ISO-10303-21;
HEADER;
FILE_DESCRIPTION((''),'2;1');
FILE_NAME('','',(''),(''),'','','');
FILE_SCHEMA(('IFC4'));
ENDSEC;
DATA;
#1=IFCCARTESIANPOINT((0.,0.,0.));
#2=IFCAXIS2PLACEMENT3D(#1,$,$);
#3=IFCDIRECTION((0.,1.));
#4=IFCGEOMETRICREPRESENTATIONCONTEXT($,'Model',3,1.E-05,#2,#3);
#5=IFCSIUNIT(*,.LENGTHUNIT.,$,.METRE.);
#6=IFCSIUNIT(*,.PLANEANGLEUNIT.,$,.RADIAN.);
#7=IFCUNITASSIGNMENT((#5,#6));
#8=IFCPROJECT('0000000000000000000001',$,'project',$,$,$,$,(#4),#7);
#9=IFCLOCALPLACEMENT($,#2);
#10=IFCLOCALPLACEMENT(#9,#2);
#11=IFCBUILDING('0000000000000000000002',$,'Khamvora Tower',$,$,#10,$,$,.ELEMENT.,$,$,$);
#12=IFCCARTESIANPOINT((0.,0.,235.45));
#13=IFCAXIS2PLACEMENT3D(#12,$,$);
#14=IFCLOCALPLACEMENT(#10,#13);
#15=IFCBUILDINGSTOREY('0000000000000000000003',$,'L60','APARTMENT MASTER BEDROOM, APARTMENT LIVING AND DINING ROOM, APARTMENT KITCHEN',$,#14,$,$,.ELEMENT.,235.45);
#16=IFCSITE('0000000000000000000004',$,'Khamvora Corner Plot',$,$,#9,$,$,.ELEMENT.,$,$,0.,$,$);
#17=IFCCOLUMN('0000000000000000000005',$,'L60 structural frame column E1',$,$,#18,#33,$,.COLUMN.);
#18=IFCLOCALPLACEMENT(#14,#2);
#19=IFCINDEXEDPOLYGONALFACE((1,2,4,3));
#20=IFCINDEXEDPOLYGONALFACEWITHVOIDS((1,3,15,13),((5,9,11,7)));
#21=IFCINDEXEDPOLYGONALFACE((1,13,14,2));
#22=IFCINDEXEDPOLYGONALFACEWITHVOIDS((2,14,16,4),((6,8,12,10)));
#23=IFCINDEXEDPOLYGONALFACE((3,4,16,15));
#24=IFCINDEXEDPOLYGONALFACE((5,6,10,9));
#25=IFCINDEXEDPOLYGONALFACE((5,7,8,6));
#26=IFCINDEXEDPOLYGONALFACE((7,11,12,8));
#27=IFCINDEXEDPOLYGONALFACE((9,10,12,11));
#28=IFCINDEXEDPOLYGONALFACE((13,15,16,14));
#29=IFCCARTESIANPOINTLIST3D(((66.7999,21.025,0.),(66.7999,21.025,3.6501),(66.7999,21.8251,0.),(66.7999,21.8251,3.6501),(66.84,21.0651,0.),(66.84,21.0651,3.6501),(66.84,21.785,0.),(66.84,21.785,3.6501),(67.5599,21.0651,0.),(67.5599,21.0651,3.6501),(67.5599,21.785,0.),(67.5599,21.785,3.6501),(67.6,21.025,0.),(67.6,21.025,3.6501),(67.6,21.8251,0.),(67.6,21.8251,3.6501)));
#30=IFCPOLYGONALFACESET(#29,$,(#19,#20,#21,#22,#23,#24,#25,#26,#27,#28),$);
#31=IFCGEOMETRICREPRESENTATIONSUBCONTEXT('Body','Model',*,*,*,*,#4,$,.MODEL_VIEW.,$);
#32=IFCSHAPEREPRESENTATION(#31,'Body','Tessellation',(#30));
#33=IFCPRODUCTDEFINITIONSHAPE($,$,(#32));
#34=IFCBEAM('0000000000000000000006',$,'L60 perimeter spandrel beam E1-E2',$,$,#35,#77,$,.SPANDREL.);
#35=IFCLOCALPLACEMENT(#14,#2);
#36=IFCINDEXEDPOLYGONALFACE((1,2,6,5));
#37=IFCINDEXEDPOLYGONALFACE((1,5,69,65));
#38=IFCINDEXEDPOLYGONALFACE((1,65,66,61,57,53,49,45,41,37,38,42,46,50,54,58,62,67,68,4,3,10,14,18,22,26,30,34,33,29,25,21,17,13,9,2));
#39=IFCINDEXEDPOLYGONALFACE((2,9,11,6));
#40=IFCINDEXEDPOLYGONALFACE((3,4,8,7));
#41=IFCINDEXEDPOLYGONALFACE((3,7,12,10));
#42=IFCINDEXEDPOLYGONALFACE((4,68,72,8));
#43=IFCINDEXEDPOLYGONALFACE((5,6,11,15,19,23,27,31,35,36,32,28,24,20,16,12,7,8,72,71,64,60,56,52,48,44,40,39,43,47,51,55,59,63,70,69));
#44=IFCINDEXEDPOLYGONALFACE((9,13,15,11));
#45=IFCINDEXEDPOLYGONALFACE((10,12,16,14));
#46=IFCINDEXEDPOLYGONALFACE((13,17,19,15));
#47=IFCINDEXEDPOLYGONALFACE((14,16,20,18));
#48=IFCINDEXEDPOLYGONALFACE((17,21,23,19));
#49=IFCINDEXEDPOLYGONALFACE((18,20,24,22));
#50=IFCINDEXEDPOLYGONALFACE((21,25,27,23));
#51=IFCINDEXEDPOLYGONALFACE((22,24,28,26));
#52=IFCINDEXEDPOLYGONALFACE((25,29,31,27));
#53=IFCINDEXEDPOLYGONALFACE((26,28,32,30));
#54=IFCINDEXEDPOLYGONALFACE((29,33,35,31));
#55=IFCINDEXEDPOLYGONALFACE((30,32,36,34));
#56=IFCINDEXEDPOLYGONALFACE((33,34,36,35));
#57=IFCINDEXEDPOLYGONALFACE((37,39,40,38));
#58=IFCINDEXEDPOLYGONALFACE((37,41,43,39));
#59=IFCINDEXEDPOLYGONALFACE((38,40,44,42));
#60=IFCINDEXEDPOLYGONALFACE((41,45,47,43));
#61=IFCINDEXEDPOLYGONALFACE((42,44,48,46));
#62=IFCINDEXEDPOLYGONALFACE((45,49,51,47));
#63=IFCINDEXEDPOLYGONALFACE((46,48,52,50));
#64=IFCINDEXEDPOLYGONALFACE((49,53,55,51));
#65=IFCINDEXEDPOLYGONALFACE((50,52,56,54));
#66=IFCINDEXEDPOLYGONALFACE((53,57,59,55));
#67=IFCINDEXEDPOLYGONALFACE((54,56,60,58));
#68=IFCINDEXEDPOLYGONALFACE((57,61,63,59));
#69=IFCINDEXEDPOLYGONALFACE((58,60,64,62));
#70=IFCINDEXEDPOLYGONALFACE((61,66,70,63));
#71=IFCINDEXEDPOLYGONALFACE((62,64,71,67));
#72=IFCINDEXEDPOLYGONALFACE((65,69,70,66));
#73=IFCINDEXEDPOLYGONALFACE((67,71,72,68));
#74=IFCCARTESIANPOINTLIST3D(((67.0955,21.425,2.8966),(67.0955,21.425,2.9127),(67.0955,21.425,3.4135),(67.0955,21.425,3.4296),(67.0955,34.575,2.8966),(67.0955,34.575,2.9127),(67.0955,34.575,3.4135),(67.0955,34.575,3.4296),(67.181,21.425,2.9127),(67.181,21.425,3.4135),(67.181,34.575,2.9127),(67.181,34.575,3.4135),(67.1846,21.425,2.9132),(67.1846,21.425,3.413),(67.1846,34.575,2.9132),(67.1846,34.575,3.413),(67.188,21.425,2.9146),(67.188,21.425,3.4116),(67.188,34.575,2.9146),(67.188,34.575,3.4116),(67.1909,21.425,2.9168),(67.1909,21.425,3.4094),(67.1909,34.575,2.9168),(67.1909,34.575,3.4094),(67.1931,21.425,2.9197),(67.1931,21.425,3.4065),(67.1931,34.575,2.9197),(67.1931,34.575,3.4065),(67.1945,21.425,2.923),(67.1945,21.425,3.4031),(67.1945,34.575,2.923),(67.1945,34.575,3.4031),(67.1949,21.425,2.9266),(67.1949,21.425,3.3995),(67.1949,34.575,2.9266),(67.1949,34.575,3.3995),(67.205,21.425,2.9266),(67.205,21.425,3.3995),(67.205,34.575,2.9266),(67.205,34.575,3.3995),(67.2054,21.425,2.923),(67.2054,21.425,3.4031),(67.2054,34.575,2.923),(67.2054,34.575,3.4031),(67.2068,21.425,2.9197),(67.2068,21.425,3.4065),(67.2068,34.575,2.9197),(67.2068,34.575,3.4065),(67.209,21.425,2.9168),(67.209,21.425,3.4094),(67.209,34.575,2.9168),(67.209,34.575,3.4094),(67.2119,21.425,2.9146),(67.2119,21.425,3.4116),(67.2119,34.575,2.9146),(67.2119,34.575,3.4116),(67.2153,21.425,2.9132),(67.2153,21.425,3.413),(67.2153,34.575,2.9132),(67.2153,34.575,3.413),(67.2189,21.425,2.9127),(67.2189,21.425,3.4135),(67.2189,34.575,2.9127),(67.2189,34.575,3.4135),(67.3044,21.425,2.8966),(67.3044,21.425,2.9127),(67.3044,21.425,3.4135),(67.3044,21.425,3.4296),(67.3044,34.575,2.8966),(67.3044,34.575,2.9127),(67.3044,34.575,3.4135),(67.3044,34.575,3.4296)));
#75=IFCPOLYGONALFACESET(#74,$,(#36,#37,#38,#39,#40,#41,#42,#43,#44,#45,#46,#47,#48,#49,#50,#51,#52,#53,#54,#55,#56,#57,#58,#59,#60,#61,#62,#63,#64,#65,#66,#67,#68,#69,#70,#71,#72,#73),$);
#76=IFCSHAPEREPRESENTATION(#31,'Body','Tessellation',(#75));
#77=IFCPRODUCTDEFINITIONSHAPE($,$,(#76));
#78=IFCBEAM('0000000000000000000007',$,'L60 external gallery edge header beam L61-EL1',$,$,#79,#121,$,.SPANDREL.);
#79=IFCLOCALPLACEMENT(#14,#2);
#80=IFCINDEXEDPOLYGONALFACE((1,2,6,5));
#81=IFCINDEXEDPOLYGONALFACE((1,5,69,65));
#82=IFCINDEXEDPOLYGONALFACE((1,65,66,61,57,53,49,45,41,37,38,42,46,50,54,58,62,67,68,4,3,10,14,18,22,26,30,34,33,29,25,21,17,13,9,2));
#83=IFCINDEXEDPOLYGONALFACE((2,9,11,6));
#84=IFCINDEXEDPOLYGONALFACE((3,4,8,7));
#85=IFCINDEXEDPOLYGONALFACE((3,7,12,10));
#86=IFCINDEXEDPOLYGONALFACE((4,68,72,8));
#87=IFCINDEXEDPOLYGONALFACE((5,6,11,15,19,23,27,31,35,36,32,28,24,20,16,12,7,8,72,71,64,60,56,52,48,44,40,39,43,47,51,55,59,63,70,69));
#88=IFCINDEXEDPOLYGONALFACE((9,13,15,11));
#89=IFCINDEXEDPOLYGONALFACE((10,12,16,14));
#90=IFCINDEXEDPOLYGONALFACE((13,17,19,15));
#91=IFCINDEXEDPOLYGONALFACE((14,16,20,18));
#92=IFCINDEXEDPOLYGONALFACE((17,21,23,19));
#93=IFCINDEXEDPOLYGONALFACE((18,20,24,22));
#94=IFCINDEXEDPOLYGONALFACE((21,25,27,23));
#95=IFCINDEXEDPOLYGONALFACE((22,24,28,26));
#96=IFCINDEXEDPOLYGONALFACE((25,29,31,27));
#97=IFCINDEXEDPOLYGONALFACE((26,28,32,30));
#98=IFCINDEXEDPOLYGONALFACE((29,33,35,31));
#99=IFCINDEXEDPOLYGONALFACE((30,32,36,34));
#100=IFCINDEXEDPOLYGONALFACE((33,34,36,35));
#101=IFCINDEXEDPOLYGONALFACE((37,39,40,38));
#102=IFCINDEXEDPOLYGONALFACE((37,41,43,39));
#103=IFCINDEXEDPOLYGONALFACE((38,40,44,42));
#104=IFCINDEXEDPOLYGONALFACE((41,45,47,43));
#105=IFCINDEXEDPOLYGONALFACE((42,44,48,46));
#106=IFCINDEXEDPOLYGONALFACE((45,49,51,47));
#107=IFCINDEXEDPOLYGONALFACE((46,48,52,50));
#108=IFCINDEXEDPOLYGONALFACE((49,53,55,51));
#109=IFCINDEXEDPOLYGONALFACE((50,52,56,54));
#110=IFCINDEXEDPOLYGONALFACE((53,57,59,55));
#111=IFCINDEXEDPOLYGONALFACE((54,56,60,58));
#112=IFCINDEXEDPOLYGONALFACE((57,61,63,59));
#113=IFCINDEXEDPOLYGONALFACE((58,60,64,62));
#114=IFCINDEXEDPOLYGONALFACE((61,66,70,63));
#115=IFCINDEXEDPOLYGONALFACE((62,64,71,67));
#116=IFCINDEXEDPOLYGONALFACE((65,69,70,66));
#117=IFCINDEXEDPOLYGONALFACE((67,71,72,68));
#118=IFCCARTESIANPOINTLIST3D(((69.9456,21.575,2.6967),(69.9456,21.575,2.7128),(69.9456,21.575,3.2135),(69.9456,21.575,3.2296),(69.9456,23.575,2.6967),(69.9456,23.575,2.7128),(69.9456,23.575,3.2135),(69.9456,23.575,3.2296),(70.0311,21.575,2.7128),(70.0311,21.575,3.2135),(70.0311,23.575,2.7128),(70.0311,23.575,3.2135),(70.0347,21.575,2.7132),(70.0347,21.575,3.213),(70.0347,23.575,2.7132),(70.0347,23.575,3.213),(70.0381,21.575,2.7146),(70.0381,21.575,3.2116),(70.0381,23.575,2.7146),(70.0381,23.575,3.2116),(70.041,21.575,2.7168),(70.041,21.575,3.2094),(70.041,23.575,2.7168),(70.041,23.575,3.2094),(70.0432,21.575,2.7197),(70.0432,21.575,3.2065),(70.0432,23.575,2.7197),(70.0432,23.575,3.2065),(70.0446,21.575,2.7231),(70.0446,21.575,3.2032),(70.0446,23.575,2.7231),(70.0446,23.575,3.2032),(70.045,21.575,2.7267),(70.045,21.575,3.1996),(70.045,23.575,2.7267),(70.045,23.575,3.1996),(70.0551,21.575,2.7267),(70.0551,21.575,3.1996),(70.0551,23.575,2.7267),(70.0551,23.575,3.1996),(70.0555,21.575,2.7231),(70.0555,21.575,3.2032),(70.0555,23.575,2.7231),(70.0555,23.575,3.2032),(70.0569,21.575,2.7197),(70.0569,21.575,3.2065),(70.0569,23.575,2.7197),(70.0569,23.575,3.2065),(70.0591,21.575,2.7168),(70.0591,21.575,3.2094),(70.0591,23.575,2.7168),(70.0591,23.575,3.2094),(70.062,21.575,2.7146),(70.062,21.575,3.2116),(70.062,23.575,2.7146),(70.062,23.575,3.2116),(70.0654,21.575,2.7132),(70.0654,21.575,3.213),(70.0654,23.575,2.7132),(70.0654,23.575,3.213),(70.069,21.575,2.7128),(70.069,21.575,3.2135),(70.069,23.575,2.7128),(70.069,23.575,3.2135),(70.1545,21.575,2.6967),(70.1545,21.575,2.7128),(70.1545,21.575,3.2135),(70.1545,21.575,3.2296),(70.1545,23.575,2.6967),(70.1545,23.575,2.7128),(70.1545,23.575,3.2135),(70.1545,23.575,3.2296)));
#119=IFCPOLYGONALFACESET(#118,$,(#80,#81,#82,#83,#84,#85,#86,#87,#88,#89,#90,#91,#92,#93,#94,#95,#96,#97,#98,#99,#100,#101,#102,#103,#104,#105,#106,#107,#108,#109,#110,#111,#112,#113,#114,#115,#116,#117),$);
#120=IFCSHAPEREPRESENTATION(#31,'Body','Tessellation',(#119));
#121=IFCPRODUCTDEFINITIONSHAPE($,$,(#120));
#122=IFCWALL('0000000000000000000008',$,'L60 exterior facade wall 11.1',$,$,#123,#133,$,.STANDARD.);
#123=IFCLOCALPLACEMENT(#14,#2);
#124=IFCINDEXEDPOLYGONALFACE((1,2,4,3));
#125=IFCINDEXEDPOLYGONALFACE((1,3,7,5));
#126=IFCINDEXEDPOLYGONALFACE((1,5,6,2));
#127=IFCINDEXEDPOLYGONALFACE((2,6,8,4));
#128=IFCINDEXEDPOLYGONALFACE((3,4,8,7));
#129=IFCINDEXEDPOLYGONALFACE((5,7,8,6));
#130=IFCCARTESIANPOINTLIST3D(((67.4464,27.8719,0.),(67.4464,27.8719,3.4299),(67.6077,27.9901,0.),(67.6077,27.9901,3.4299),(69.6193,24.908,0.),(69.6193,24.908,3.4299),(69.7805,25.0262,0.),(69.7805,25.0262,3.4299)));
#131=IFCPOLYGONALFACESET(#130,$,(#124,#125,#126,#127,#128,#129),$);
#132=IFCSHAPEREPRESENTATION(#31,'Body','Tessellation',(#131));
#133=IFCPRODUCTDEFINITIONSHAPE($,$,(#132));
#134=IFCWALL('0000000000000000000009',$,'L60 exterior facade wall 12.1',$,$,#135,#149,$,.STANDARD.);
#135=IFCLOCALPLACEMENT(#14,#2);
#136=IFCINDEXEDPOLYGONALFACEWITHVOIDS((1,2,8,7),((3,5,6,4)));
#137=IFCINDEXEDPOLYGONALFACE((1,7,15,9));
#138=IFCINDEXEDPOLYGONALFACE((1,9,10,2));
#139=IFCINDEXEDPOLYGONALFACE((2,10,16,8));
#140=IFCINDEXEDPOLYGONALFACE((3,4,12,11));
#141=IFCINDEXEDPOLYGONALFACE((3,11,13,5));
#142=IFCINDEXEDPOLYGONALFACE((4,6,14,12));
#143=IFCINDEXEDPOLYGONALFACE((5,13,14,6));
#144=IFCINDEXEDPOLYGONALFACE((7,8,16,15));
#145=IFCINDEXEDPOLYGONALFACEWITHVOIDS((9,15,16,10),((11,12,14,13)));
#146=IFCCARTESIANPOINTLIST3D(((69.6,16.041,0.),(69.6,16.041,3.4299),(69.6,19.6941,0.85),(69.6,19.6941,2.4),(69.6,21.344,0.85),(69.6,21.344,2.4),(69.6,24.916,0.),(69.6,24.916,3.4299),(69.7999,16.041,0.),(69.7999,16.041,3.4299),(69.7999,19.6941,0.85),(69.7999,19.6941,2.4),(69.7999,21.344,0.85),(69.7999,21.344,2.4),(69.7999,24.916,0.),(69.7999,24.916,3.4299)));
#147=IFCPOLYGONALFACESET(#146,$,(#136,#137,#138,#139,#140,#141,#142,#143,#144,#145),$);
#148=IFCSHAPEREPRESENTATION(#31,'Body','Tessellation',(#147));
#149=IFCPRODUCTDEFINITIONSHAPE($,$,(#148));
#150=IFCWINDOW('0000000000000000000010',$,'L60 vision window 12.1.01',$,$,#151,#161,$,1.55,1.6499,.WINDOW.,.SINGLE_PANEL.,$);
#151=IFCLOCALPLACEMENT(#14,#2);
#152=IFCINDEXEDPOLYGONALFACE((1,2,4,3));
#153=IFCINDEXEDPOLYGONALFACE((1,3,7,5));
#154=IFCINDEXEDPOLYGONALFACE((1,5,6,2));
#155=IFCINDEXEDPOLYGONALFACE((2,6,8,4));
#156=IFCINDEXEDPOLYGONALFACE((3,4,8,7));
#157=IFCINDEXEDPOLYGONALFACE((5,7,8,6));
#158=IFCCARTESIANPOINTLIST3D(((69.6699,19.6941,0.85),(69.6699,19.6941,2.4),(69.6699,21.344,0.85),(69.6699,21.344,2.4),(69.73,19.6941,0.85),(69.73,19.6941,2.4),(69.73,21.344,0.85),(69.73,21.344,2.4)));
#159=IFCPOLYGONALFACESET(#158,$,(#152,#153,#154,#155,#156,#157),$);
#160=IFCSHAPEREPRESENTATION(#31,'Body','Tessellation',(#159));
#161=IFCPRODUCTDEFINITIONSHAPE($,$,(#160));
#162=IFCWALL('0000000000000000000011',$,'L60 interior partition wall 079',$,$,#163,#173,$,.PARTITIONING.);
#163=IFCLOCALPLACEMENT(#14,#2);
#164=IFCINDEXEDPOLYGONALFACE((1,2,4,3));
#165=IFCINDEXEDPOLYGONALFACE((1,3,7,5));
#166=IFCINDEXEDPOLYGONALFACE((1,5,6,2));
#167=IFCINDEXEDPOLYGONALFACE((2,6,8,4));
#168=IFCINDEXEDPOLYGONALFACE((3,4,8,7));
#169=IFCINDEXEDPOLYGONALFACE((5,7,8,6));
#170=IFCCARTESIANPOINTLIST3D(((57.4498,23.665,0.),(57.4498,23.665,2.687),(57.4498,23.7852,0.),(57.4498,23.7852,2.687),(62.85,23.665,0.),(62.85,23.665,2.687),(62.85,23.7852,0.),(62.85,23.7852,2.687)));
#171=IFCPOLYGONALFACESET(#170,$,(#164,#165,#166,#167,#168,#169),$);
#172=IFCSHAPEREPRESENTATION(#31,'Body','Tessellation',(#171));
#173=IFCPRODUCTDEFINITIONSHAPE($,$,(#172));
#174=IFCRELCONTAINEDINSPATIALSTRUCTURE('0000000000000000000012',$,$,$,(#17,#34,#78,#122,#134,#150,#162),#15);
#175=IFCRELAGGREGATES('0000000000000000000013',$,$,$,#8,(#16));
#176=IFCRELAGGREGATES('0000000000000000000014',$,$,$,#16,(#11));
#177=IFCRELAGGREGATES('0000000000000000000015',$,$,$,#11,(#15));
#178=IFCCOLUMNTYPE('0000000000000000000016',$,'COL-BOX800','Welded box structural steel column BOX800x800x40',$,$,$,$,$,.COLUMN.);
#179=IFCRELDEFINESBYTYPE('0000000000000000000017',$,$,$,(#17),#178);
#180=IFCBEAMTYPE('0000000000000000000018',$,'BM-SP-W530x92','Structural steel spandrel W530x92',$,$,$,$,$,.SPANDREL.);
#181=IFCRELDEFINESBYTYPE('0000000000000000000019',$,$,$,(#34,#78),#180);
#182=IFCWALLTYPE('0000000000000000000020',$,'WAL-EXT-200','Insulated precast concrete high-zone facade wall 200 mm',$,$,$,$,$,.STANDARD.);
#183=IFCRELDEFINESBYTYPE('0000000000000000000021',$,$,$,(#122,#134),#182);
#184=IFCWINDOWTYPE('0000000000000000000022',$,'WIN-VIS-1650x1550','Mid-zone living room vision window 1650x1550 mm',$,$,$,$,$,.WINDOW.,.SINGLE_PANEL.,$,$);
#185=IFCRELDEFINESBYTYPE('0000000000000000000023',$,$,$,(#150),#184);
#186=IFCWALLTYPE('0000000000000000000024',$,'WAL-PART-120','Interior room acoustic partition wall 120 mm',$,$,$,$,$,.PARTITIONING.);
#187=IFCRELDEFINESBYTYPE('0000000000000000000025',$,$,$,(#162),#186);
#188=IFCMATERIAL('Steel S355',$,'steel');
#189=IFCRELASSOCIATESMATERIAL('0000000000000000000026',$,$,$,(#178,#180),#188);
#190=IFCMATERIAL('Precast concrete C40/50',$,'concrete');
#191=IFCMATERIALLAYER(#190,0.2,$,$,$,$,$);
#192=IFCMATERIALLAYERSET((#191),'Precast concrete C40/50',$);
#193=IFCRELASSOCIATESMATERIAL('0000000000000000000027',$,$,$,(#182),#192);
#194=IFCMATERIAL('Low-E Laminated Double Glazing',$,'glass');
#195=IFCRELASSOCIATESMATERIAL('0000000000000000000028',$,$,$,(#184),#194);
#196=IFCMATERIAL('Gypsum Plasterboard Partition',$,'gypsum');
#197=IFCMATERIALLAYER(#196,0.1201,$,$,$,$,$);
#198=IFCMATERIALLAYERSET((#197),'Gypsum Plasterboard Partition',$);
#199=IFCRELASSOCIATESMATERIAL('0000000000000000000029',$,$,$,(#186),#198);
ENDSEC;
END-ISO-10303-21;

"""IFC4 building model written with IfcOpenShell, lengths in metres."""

from ifc_helpers import new_model, si_unit, direction, frame, frame_2d, origin, origin_2d, place, context, subcontext, project, spatial, rectangle, hollow_rectangle, i_section, extrude, material, layer, layer_set, material_profile, profile_set, type_object, element, fill, save


model = new_model("IFC4")

# Units and contexts
model_context = context("Model", 3, precision=1e-05, world=origin(), true_north=direction((0.0, 1.0)))
body_context = subcontext(model_context, "Body", "Model", "MODEL_VIEW")
ifc_project = project(units=[si_unit("LENGTHUNIT", "METRE"), si_unit("PLANEANGLEUNIT", "RADIAN")], contexts=[model_context])

# Site, building, storey
site_placement = place(None, origin())
site = spatial("IfcSite", under=ifc_project, at=site_placement, Name="Khamvora Corner Plot", CompositionType="ELEMENT", RefElevation=0.0)
building_placement = place(site_placement, origin())
building = spatial("IfcBuilding", under=site, at=building_placement, Name="Khamvora Tower", CompositionType="ELEMENT")
storey_placement = place(building_placement, frame((0.0, 0.0, 235.45)))
storey = spatial("IfcBuildingStorey", under=building, at=storey_placement, Name="L60", Description="APARTMENT MASTER BEDROOM, APARTMENT LIVING AND DINING ROOM, APARTMENT KITCHEN", CompositionType="ELEMENT", Elevation=235.45)

# Column
ifc_material_1 = material(Name="Steel S355", Category="steel")
ifc_material_profile_1 = material_profile(ifc_material_1, hollow_rectangle(XDim=0.8, YDim=0.8, WallThickness=0.04, at=origin_2d()), Name="BOX800x800x40")
ifc_profile_set_1 = profile_set([ifc_material_profile_1], Name="Steel S355")
column_type = type_object("IfcColumnType", Name="COL-BOX800", Description="Welded box structural steel column BOX800x800x40", PredefinedType="COLUMN", material=ifc_profile_set_1)
column_placement = place(storey_placement, frame((67.2, 21.425, 0.0), z_axis=(0.0, 0.0, 1.0), x_axis=(1.0, 0.0, 0.0)))
element("IfcColumn", 1, at=column_placement, inside=storey, type_object=column_type, Name="L60 structural frame column E1", PredefinedType="COLUMN", context=body_context, shape_type="SweptSolid", body=[
    extrude(hollow_rectangle(XDim=0.8, YDim=0.8, WallThickness=0.04, at=origin_2d()), origin(), (0.0, 0.0, 1.0), 3.6501),
])

# Beams
ifc_material_profile_2 = material_profile(ifc_material_1, i_section(OverallWidth=0.209, OverallDepth=0.533, WebThickness=0.01, FlangeThickness=0.0161, FilletRadius=0.0139, at=origin_2d()), Name="W530x92")
ifc_profile_set_2 = profile_set([ifc_material_profile_2], Name="Steel S355")
beam_type = type_object("IfcBeamType", Name="BM-SP-W530x92", Description="Structural steel spandrel W530x92", PredefinedType="SPANDREL", material=ifc_profile_set_2)
beam_1_placement = place(storey_placement, frame((67.2, 21.425, 3.1631), z_axis=(0.0, 1.0, 0.0), x_axis=(-1.0, 0.0, 0.0)))
element("IfcBeam", 2, at=beam_1_placement, inside=storey, type_object=beam_type, Name="L60 perimeter spandrel beam E1-E2", PredefinedType="SPANDREL", context=body_context, shape_type="SweptSolid", body=[
    extrude(i_section(OverallWidth=0.209, OverallDepth=0.533, WebThickness=0.01, FlangeThickness=0.0161, FilletRadius=0.0139, at=origin_2d()), origin(), (0.0, 0.0, 1.0), 13.1499),
])
beam_2_placement = place(storey_placement, frame((70.05, 21.575, 2.9631), z_axis=(0.0, 1.0, 0.0), x_axis=(-1.0, 0.0, 0.0)))
element("IfcBeam", 3, at=beam_2_placement, inside=storey, type_object=beam_type, Name="L60 external gallery edge header beam L61-EL1", PredefinedType="SPANDREL", context=body_context, shape_type="SweptSolid", body=[
    extrude(i_section(OverallWidth=0.209, OverallDepth=0.533, WebThickness=0.01, FlangeThickness=0.0161, FilletRadius=0.0139, at=origin_2d()), origin(), (0.0, 0.0, 1.0), 2.0),
])

# Wall
ifc_material_2 = material(Name="Precast concrete C40/50", Category="concrete")
ifc_layer_1 = layer(ifc_material_2, 0.2)
ifc_layer_set_1 = layer_set([ifc_layer_1], Name="Precast concrete C40/50")
wall_type_1 = type_object("IfcWallType", Name="WAL-EXT-200", Description="Insulated precast concrete high-zone facade wall 200 mm", PredefinedType="STANDARD", material=ifc_layer_set_1)
wall_1_placement = place(storey_placement, frame((67.5271, 27.9309, 0.0), z_axis=(0.0, 0.0, 1.0), x_axis=(0.591248, -0.806489, 0.0)))
element("IfcWall", 4, at=wall_1_placement, inside=storey, type_object=wall_type_1, Name="L60 exterior facade wall 11.1", PredefinedType="STANDARD", context=body_context, shape_type="SweptSolid", body=[
    extrude(rectangle(XDim=3.675, YDim=0.2, at=frame_2d((1.8374, 0.0))), origin(), (0.0, 0.0, 1.0), 3.4299),
])

# Wall, opening, window
wall_2_placement = place(storey_placement, frame((69.7, 24.916, 0.0), z_axis=(0.0, 0.0, 1.0), x_axis=(0.0, -1.0, 0.0)))
wall_2 = element("IfcWall", 5, at=wall_2_placement, inside=storey, type_object=wall_type_1, Name="L60 exterior facade wall 12.1", PredefinedType="STANDARD", context=body_context, shape_type="SweptSolid", body=[
    extrude(rectangle(XDim=8.875, YDim=0.2, at=frame_2d((4.4375, 0.0))), origin(), (0.0, 0.0, 1.0), 3.4299),
])
opening_1_placement = place(wall_2_placement, frame((3.572, 0.0, 0.8501)))
opening_1 = element("IfcOpeningElement", 6, at=opening_1_placement, cuts=wall_2, PredefinedType="OPENING", context=body_context, shape_type="SweptSolid", body=[
    extrude(rectangle(XDim=1.6499, YDim=1.55, at=frame_2d((0.825, 0.7749))), frame((0.0, 0.1099, 0.0), z_axis=(0.0, -1.0, 0.0), x_axis=(1.0, 0.0, 0.0)), (0.0, 0.0, 1.0), 0.22),
])
ifc_material_3 = material(Name="Low-E Laminated Double Glazing", Category="glass")
window_type = type_object("IfcWindowType", Name="WIN-VIS-1650x1550", Description="Mid-zone living room vision window 1650x1550 mm", PartitioningType="SINGLE_PANEL", PredefinedType="WINDOW", material=ifc_material_3)
window_placement = place(opening_1_placement, origin())
window = element("IfcWindow", 7, at=window_placement, inside=storey, type_object=window_type, Name="L60 vision window 12.1.01", OverallHeight=1.55, OverallWidth=1.6499, PartitioningType="SINGLE_PANEL", PredefinedType="WINDOW", context=body_context, shape_type="SweptSolid", body=[
    extrude(rectangle(XDim=1.6499, YDim=1.55, at=frame_2d((0.825, 0.7749))), frame((0.0, 0.03, 0.0), z_axis=(0.0, -1.0, 0.0), x_axis=(1.0, 0.0, 0.0)), (0.0, 0.0, 1.0), 0.0601),
])
fill(opening_1, window)

# Wall
ifc_material_4 = material(Name="Gypsum Plasterboard Partition", Category="gypsum")
ifc_layer_2 = layer(ifc_material_4, 0.1201)
ifc_layer_set_2 = layer_set([ifc_layer_2], Name="Gypsum Plasterboard Partition")
wall_type_2 = type_object("IfcWallType", Name="WAL-PART-120", Description="Interior room acoustic partition wall 120 mm", PredefinedType="PARTITIONING", material=ifc_layer_set_2)
wall_3_placement = place(storey_placement, frame((62.8501, 23.7251, 0.0), z_axis=(0.0, 0.0, 1.0), x_axis=(-1.0, 0.0, 0.0)))
element("IfcWall", 8, at=wall_3_placement, inside=storey, type_object=wall_type_2, Name="L60 interior partition wall 079", PredefinedType="PARTITIONING", context=body_context, shape_type="SweptSolid", body=[
    extrude(rectangle(XDim=5.4001, YDim=0.1201, at=frame_2d((2.7002, 0.0))), origin(), (0.0, 0.0, 1.0), 2.687),
])

save(model, "model.ifc")
